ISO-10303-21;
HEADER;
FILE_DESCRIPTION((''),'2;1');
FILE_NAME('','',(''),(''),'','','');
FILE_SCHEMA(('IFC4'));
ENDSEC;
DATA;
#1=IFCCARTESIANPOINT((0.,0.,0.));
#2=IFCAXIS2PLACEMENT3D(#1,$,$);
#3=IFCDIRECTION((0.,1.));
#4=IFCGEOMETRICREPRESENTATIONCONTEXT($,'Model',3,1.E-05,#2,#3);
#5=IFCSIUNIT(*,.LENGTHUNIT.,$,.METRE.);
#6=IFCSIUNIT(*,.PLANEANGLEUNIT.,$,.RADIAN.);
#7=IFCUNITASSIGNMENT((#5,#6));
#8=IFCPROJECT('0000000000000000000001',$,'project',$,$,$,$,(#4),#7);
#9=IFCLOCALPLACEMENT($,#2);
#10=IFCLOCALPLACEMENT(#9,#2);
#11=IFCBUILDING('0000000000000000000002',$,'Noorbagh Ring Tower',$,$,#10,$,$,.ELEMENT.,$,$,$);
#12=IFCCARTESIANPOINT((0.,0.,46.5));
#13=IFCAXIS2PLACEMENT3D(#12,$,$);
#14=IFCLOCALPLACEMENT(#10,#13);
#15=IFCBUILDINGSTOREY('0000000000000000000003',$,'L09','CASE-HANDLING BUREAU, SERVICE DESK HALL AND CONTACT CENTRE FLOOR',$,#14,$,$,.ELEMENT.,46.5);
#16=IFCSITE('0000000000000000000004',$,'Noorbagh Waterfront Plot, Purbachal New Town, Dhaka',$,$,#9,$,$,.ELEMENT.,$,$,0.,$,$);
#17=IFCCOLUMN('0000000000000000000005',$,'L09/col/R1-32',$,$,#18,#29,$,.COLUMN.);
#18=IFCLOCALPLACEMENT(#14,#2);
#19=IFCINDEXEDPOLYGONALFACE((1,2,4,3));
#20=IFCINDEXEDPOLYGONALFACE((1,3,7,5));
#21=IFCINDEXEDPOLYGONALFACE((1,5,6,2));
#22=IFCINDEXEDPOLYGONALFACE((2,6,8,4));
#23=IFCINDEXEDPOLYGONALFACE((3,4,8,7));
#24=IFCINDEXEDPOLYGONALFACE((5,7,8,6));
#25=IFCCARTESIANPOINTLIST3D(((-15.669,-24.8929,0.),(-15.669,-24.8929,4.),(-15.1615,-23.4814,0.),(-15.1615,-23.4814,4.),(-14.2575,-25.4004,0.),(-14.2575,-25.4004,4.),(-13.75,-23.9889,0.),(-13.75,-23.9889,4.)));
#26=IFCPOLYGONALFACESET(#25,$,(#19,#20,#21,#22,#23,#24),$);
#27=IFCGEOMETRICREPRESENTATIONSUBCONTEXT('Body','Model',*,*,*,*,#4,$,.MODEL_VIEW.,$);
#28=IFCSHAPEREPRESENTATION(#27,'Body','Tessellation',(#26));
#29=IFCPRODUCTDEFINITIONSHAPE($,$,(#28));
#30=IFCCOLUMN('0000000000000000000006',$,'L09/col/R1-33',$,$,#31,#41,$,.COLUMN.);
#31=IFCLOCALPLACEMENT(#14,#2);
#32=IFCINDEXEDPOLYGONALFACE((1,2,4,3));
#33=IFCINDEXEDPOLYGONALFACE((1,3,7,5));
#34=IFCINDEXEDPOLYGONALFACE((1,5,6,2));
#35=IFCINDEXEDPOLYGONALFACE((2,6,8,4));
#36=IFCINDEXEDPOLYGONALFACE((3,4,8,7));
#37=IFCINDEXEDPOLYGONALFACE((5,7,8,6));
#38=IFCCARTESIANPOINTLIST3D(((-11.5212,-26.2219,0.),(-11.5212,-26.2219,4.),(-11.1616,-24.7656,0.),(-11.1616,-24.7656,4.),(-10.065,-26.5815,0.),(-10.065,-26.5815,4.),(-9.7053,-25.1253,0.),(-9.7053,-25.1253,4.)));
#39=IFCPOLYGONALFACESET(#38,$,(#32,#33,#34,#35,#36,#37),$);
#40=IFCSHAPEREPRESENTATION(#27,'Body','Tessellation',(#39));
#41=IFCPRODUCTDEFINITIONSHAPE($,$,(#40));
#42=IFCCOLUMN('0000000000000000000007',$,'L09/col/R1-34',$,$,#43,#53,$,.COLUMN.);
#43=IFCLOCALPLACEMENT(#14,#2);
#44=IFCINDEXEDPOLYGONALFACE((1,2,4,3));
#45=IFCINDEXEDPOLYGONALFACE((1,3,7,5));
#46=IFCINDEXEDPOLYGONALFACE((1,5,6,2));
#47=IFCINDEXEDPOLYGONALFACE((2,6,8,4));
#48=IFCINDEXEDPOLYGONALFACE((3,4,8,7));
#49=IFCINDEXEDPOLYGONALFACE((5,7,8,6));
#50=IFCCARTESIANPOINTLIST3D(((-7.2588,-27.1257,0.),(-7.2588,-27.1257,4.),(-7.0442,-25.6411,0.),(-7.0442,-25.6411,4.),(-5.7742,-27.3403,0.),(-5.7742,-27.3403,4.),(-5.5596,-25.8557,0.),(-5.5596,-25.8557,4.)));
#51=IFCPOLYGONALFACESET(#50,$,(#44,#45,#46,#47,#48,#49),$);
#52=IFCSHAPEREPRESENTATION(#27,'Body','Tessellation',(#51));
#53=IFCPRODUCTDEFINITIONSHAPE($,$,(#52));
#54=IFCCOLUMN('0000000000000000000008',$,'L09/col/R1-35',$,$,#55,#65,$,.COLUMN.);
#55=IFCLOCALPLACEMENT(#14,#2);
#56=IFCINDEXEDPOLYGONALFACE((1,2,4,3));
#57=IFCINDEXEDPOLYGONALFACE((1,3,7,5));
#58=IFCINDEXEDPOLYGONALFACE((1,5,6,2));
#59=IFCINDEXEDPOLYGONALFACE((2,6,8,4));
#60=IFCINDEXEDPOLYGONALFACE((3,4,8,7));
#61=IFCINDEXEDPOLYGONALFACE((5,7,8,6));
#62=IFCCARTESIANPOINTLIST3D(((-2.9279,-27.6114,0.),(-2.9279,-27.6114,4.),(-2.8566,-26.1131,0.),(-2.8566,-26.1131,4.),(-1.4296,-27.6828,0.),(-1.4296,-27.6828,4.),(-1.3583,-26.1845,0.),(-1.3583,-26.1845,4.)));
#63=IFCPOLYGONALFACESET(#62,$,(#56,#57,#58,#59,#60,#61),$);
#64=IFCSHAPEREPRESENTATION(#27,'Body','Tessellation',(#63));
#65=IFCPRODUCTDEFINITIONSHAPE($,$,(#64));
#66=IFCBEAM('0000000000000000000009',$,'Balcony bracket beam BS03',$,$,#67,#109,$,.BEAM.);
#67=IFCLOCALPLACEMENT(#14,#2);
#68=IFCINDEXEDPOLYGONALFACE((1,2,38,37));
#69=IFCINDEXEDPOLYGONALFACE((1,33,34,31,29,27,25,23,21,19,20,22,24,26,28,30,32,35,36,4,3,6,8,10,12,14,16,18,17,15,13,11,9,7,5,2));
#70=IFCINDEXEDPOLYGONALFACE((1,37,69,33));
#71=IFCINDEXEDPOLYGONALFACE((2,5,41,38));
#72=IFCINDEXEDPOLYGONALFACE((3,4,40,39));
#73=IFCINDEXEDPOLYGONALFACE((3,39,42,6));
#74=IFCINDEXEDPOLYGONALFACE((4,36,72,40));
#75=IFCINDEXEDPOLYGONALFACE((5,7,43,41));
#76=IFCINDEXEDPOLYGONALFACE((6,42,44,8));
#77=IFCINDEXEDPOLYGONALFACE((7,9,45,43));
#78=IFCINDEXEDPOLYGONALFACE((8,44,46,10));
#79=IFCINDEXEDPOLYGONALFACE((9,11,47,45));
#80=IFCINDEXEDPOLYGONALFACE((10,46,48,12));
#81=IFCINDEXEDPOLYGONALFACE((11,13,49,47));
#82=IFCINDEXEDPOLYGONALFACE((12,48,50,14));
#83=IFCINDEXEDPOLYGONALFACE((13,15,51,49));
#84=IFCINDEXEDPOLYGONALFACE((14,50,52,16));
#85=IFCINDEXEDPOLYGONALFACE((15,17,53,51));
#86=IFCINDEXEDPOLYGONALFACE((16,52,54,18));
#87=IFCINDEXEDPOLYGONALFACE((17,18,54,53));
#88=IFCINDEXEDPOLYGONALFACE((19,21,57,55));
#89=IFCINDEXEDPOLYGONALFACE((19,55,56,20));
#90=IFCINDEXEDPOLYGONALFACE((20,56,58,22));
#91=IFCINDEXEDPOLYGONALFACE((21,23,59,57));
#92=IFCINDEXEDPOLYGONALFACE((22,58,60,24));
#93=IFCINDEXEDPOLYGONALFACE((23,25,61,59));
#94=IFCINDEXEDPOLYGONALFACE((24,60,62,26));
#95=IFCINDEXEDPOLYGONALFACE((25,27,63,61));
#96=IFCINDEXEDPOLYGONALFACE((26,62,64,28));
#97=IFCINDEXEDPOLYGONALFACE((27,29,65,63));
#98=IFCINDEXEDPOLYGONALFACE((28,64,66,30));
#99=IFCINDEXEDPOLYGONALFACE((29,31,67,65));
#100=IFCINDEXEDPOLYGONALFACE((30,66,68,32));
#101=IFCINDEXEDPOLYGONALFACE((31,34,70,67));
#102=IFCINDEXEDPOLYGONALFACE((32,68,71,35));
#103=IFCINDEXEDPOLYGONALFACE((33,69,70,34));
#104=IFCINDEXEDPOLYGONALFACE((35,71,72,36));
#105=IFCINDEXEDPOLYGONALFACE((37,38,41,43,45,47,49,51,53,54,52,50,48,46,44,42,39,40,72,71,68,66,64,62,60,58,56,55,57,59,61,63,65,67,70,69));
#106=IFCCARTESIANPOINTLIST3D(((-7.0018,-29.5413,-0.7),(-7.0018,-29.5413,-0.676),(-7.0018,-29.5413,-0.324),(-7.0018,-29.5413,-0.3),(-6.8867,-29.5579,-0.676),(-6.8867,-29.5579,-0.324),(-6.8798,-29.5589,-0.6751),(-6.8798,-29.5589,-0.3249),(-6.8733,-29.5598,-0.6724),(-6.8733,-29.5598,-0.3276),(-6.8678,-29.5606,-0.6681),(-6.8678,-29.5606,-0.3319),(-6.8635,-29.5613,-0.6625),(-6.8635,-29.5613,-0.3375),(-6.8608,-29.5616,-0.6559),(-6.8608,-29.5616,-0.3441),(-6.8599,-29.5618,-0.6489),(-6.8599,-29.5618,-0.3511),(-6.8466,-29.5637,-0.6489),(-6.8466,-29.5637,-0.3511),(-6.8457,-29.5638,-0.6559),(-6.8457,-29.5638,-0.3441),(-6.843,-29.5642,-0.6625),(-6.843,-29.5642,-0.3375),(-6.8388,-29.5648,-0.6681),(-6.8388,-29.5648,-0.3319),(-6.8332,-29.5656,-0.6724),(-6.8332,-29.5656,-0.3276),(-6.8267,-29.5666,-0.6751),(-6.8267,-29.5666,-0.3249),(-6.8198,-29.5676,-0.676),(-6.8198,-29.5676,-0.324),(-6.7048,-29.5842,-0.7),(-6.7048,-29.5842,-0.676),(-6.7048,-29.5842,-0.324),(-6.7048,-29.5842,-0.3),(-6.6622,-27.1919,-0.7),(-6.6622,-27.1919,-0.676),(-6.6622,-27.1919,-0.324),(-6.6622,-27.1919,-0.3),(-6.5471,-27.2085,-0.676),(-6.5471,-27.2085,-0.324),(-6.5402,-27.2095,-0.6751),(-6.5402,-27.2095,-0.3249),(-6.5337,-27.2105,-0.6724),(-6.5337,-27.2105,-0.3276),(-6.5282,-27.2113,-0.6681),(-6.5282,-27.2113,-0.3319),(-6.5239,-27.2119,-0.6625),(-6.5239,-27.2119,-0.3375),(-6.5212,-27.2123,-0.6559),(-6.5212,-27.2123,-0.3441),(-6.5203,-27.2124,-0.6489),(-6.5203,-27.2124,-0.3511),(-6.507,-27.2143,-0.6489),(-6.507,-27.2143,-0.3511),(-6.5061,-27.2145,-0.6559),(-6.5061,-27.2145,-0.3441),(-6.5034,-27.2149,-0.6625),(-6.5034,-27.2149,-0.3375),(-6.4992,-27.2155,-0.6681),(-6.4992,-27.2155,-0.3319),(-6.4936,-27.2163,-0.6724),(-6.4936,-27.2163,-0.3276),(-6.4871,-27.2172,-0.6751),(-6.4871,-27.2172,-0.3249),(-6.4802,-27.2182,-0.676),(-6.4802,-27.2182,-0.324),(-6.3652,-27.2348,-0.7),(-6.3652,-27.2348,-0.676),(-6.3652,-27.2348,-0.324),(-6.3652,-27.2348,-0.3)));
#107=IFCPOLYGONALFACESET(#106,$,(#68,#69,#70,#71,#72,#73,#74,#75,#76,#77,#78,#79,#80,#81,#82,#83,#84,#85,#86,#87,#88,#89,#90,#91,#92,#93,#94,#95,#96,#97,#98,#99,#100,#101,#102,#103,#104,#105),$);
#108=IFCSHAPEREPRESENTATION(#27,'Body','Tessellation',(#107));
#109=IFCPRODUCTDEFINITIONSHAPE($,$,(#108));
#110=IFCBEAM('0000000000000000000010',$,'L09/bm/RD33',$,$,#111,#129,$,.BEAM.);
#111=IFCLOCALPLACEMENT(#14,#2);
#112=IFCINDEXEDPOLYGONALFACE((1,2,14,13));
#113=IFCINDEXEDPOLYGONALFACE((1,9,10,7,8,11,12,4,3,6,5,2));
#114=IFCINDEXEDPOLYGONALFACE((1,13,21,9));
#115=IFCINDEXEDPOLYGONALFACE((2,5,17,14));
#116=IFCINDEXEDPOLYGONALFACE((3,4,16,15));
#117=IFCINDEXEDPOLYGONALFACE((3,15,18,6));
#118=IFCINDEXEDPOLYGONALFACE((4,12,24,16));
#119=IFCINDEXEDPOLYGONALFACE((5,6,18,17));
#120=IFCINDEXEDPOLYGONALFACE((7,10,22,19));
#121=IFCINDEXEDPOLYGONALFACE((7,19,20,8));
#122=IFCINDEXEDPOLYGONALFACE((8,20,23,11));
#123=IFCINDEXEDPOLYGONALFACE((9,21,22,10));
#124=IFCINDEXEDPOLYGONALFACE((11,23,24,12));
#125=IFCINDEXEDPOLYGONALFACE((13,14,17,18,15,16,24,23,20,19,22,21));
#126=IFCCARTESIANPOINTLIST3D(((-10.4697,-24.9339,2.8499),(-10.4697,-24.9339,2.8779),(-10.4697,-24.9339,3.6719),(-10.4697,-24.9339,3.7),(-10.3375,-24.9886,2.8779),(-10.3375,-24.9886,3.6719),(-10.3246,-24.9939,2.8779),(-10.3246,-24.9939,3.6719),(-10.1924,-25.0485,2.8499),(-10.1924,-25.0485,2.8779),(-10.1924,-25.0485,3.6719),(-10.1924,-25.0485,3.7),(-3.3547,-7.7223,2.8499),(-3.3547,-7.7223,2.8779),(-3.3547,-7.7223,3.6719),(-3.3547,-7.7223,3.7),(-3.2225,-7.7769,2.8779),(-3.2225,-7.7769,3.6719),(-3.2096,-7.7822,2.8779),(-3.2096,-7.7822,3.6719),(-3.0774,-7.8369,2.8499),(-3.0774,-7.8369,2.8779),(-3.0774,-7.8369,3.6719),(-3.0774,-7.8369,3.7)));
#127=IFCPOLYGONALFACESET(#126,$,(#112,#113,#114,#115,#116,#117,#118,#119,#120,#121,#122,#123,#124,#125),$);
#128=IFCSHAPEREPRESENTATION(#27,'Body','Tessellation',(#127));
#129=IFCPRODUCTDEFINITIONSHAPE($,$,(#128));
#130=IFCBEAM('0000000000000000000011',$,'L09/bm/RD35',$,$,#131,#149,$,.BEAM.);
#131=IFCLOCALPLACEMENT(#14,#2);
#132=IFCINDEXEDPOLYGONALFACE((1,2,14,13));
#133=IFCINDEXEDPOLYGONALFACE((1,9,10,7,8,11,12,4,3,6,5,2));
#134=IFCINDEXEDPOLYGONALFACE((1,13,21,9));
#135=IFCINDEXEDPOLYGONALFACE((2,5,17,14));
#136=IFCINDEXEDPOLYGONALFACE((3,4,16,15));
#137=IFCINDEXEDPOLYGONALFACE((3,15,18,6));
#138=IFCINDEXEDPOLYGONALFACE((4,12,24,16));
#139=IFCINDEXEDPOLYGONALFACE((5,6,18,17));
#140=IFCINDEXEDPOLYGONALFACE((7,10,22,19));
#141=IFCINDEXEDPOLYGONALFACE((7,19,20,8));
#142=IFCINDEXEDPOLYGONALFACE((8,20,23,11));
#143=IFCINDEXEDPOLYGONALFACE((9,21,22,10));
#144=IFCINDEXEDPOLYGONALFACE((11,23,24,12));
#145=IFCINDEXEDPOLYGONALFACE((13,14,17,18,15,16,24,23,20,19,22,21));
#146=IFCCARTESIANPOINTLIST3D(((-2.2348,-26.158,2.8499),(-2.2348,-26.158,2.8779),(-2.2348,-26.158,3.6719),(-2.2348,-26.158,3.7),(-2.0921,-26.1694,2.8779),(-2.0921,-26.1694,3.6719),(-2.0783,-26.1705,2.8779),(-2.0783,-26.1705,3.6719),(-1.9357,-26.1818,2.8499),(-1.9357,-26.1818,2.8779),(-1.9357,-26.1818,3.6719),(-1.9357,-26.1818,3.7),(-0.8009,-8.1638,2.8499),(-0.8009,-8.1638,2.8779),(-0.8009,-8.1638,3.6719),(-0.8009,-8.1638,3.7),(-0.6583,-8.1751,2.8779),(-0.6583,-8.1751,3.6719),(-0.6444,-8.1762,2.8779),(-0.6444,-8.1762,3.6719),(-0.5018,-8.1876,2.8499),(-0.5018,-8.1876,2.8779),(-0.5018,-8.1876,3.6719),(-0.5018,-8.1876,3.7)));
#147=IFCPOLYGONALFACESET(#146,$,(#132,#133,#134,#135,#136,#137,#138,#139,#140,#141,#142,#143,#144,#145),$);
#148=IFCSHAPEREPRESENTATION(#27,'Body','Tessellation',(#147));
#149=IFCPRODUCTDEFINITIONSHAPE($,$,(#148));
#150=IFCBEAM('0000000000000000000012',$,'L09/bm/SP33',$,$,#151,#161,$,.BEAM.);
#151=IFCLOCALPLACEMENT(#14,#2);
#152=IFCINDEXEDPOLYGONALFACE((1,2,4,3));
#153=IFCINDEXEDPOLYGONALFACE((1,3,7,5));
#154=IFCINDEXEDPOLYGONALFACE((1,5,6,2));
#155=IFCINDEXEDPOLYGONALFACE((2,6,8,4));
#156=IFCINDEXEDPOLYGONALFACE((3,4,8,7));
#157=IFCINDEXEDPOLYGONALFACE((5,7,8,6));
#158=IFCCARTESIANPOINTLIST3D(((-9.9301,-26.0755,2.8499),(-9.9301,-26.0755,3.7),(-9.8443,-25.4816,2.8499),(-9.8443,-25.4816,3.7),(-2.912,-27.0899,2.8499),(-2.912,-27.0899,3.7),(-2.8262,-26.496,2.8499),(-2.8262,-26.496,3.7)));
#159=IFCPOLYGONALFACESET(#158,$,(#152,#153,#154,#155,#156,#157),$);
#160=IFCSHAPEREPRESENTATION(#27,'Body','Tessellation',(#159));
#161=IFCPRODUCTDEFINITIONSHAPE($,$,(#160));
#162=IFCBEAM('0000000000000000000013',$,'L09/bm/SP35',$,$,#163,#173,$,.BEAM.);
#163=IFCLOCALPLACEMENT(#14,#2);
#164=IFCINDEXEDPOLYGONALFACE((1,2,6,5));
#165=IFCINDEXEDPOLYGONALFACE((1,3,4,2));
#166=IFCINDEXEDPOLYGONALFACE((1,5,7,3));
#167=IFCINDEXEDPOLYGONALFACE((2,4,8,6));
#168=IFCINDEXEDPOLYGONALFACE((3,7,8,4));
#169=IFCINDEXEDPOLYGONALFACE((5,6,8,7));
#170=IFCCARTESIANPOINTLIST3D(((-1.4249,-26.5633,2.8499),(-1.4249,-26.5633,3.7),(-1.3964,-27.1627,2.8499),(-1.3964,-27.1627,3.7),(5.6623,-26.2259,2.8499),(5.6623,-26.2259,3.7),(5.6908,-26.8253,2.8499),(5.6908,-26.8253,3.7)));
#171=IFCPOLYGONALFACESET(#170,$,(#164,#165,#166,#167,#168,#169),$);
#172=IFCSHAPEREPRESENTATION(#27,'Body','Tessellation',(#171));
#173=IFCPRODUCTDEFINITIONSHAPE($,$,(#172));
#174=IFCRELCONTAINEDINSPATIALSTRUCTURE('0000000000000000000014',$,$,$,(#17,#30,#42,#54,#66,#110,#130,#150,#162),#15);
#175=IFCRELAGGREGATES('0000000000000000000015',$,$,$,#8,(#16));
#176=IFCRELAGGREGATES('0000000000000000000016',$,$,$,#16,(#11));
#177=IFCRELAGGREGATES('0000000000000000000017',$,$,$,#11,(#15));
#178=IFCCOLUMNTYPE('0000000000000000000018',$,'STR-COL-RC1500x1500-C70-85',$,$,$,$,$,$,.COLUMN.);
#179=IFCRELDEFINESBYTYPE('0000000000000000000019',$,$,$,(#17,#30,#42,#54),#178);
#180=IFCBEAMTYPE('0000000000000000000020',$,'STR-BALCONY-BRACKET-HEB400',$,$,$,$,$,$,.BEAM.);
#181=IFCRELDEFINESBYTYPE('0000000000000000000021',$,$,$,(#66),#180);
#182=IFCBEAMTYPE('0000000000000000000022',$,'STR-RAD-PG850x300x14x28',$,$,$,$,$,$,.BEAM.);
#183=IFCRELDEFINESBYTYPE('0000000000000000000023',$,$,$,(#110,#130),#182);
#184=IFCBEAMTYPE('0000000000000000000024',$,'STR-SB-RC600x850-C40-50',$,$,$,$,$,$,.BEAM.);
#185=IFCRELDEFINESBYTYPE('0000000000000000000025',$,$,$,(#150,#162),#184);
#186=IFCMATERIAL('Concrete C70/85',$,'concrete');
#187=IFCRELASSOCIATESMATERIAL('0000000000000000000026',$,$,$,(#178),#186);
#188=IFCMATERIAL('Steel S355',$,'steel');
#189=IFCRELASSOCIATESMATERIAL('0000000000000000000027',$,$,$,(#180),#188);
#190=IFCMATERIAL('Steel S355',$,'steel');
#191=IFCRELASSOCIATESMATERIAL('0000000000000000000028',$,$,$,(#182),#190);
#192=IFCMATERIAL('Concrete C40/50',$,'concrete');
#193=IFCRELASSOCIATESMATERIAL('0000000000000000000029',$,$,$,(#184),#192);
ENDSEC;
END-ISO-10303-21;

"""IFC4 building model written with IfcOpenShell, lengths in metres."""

from ifc_helpers import new_model, si_unit, direction, frame, origin, origin_2d, place, context, subcontext, project, spatial, rectangle, i_section, extrude, material, material_profile, profile_set, type_object, element, save


model = new_model("IFC4")

# Units and contexts
model_context = context("Model", 3, precision=1e-05, world=origin(), true_north=direction((0.0, 1.0)))
body_context = subcontext(model_context, "Body", "Model", "MODEL_VIEW")
ifc_project = project(units=[si_unit("LENGTHUNIT", "METRE"), si_unit("PLANEANGLEUNIT", "RADIAN")], contexts=[model_context])

# Site, building, storey
site_placement = place(None, origin())
site = spatial("IfcSite", under=ifc_project, at=site_placement, Name="Noorbagh Waterfront Plot, Purbachal New Town, Dhaka", CompositionType="ELEMENT", RefElevation=0.0)
building_placement = place(site_placement, origin())
building = spatial("IfcBuilding", under=site, at=building_placement, Name="Noorbagh Ring Tower", CompositionType="ELEMENT")
storey_placement = place(building_placement, frame((0.0, 0.0, 46.5)))
storey = spatial("IfcBuildingStorey", under=building, at=storey_placement, Name="L09", Description="CASE-HANDLING BUREAU, SERVICE DESK HALL AND CONTACT CENTRE FLOOR", CompositionType="ELEMENT", Elevation=46.5)

# Columns
ifc_material_1 = material(Name="Concrete C70/85", Category="concrete")
ifc_material_profile_1 = material_profile(ifc_material_1, rectangle(XDim=1.5, YDim=1.5, at=origin_2d()), Name="RC1500x1500")
ifc_profile_set_1 = profile_set([ifc_material_profile_1], Name="Concrete C70/85")
column_type = type_object("IfcColumnType", Name="STR-COL-RC1500x1500-C70-85", PredefinedType="COLUMN", material=ifc_profile_set_1)
for number, where, z_axis, x_axis, name in (
    (1, (-14.7095, -24.4409, 0.0), (0.0, 0.0, 1.0), (0.941025, -0.338338, 0.0), "L09/col/R1-32"),
    (2, (-10.6133, -25.6736, 0.0), (0.0, 0.0, 1.0), (0.970829, -0.239771, 0.0), "L09/col/R1-33"),
    (3, (-6.4092, -26.4907, 0.0), (0.0, 0.0, 1.0), (0.989713, -0.143066, 0.0), "L09/col/R1-34"),
    (4, (-2.1431, -26.8979, 0.0), (0.0, 0.0, 1.0), (0.998869, -0.047553, 0.0), "L09/col/R1-35"),
):
    element("IfcColumn", number, at=place(storey_placement, frame(where, z_axis=z_axis, x_axis=x_axis)), inside=storey, type_object=column_type, Name=name, PredefinedType="COLUMN", context=body_context, shape_type="SweptSolid", body=[
        extrude(rectangle(XDim=1.5, YDim=1.5, at=origin_2d()), origin(), (0.0, 0.0, 1.0), 4.0),
    ])

# Beams
ifc_material_2 = material(Name="Steel S355", Category="steel")
ifc_material_profile_2 = material_profile(ifc_material_2, i_section(OverallWidth=0.3, OverallDepth=0.3999, WebThickness=0.0134, FlangeThickness=0.0239, FilletRadius=0.0271, at=origin_2d()), Name="HEB400")
ifc_profile_set_2 = profile_set([ifc_material_profile_2], Name="Steel S355")
beam_type_1 = type_object("IfcBeamType", Name="STR-BALCONY-BRACKET-HEB400", PredefinedType="BEAM", material=ifc_profile_set_2)
beam_1_placement = place(storey_placement, frame((-6.5137, -27.2134, -0.5), z_axis=(-0.143063, -0.989714, 0.0), x_axis=(0.989714, -0.143063, 0.0)))
element("IfcBeam", 5, at=beam_1_placement, inside=storey, type_object=beam_type_1, Name="Balcony bracket beam BS03", PredefinedType="BEAM", context=body_context, shape_type="SweptSolid", body=[
    extrude(i_section(OverallWidth=0.3, OverallDepth=0.3999, WebThickness=0.0134, FlangeThickness=0.0239, FilletRadius=0.0271, at=origin_2d()), origin(), (0.0, 0.0, 1.0), 2.3738),
])
ifc_material_3 = material(Name="Steel S355", Category="steel")
ifc_material_profile_3 = material_profile(ifc_material_3, i_section(OverallWidth=0.3, OverallDepth=0.8501, WebThickness=0.0139, FlangeThickness=0.0281, at=origin_2d()), Name="PG850x300x14x28")
ifc_profile_set_3 = profile_set([ifc_material_profile_3], Name="Steel S355")
beam_type_2 = type_object("IfcBeamType", Name="STR-RAD-PG850x300x14x28", PredefinedType="BEAM", material=ifc_profile_set_3)
beam_2_placement = place(storey_placement, frame((-10.3311, -24.9912, 3.2749), z_axis=(0.382027, 0.924151, 0.0), x_axis=(-0.924151, 0.382027, 0.0)))
element("IfcBeam", 6, at=beam_2_placement, inside=storey, type_object=beam_type_2, Name="L09/bm/RD33", PredefinedType="BEAM", context=body_context, shape_type="SweptSolid", body=[
    extrude(i_section(OverallWidth=0.3, OverallDepth=0.8501, WebThickness=0.0139, FlangeThickness=0.0281, at=origin_2d()), origin(), (0.0, 0.0, 1.0), 18.6243),
])
beam_3_placement = place(storey_placement, frame((-2.0852, -26.1699, 3.2749), z_axis=(0.079432, 0.99684, 0.0), x_axis=(-0.99684, 0.079432, 0.0)))
element("IfcBeam", 7, at=beam_3_placement, inside=storey, type_object=beam_type_2, Name="L09/bm/RD35", PredefinedType="BEAM", context=body_context, shape_type="SweptSolid", body=[
    extrude(i_section(OverallWidth=0.3, OverallDepth=0.8501, WebThickness=0.0139, FlangeThickness=0.0281, at=origin_2d()), origin(), (0.0, 0.0, 1.0), 18.0513),
])
ifc_material_4 = material(Name="Concrete C40/50", Category="concrete")
ifc_material_profile_4 = material_profile(ifc_material_4, rectangle(XDim=0.6001, YDim=0.8501, at=origin_2d()), Name="RC600x850")
ifc_profile_set_4 = profile_set([ifc_material_profile_4], Name="Concrete C40/50")
beam_type_3 = type_object("IfcBeamType", Name="STR-SB-RC600x850-C40-50", PredefinedType="BEAM", material=ifc_profile_set_4)
beam_4_placement = place(storey_placement, frame((-9.8872, -25.7786, 3.2749), z_axis=(0.989715, -0.143055, 0.0), x_axis=(0.143055, 0.989715, 0.0)))
element("IfcBeam", 8, at=beam_4_placement, inside=storey, type_object=beam_type_3, Name="L09/bm/SP33", PredefinedType="BEAM", context=body_context, shape_type="SweptSolid", body=[
    extrude(rectangle(XDim=0.6001, YDim=0.8501, at=origin_2d()), origin(), (0.0, 0.0, 1.0), 7.0911),
])
beam_5_placement = place(storey_placement, frame((-1.4106, -26.863, 3.2749), z_axis=(0.998869, 0.047554, 0.0), x_axis=(-0.047554, 0.998869, 0.0)))
element("IfcBeam", 9, at=beam_5_placement, inside=storey, type_object=beam_type_3, Name="L09/bm/SP35", PredefinedType="BEAM", context=body_context, shape_type="SweptSolid", body=[
    extrude(rectangle(XDim=0.6001, YDim=0.8501, at=origin_2d()), origin(), (0.0, 0.0, 1.0), 7.0952),
])

save(model, "model.ifc")
